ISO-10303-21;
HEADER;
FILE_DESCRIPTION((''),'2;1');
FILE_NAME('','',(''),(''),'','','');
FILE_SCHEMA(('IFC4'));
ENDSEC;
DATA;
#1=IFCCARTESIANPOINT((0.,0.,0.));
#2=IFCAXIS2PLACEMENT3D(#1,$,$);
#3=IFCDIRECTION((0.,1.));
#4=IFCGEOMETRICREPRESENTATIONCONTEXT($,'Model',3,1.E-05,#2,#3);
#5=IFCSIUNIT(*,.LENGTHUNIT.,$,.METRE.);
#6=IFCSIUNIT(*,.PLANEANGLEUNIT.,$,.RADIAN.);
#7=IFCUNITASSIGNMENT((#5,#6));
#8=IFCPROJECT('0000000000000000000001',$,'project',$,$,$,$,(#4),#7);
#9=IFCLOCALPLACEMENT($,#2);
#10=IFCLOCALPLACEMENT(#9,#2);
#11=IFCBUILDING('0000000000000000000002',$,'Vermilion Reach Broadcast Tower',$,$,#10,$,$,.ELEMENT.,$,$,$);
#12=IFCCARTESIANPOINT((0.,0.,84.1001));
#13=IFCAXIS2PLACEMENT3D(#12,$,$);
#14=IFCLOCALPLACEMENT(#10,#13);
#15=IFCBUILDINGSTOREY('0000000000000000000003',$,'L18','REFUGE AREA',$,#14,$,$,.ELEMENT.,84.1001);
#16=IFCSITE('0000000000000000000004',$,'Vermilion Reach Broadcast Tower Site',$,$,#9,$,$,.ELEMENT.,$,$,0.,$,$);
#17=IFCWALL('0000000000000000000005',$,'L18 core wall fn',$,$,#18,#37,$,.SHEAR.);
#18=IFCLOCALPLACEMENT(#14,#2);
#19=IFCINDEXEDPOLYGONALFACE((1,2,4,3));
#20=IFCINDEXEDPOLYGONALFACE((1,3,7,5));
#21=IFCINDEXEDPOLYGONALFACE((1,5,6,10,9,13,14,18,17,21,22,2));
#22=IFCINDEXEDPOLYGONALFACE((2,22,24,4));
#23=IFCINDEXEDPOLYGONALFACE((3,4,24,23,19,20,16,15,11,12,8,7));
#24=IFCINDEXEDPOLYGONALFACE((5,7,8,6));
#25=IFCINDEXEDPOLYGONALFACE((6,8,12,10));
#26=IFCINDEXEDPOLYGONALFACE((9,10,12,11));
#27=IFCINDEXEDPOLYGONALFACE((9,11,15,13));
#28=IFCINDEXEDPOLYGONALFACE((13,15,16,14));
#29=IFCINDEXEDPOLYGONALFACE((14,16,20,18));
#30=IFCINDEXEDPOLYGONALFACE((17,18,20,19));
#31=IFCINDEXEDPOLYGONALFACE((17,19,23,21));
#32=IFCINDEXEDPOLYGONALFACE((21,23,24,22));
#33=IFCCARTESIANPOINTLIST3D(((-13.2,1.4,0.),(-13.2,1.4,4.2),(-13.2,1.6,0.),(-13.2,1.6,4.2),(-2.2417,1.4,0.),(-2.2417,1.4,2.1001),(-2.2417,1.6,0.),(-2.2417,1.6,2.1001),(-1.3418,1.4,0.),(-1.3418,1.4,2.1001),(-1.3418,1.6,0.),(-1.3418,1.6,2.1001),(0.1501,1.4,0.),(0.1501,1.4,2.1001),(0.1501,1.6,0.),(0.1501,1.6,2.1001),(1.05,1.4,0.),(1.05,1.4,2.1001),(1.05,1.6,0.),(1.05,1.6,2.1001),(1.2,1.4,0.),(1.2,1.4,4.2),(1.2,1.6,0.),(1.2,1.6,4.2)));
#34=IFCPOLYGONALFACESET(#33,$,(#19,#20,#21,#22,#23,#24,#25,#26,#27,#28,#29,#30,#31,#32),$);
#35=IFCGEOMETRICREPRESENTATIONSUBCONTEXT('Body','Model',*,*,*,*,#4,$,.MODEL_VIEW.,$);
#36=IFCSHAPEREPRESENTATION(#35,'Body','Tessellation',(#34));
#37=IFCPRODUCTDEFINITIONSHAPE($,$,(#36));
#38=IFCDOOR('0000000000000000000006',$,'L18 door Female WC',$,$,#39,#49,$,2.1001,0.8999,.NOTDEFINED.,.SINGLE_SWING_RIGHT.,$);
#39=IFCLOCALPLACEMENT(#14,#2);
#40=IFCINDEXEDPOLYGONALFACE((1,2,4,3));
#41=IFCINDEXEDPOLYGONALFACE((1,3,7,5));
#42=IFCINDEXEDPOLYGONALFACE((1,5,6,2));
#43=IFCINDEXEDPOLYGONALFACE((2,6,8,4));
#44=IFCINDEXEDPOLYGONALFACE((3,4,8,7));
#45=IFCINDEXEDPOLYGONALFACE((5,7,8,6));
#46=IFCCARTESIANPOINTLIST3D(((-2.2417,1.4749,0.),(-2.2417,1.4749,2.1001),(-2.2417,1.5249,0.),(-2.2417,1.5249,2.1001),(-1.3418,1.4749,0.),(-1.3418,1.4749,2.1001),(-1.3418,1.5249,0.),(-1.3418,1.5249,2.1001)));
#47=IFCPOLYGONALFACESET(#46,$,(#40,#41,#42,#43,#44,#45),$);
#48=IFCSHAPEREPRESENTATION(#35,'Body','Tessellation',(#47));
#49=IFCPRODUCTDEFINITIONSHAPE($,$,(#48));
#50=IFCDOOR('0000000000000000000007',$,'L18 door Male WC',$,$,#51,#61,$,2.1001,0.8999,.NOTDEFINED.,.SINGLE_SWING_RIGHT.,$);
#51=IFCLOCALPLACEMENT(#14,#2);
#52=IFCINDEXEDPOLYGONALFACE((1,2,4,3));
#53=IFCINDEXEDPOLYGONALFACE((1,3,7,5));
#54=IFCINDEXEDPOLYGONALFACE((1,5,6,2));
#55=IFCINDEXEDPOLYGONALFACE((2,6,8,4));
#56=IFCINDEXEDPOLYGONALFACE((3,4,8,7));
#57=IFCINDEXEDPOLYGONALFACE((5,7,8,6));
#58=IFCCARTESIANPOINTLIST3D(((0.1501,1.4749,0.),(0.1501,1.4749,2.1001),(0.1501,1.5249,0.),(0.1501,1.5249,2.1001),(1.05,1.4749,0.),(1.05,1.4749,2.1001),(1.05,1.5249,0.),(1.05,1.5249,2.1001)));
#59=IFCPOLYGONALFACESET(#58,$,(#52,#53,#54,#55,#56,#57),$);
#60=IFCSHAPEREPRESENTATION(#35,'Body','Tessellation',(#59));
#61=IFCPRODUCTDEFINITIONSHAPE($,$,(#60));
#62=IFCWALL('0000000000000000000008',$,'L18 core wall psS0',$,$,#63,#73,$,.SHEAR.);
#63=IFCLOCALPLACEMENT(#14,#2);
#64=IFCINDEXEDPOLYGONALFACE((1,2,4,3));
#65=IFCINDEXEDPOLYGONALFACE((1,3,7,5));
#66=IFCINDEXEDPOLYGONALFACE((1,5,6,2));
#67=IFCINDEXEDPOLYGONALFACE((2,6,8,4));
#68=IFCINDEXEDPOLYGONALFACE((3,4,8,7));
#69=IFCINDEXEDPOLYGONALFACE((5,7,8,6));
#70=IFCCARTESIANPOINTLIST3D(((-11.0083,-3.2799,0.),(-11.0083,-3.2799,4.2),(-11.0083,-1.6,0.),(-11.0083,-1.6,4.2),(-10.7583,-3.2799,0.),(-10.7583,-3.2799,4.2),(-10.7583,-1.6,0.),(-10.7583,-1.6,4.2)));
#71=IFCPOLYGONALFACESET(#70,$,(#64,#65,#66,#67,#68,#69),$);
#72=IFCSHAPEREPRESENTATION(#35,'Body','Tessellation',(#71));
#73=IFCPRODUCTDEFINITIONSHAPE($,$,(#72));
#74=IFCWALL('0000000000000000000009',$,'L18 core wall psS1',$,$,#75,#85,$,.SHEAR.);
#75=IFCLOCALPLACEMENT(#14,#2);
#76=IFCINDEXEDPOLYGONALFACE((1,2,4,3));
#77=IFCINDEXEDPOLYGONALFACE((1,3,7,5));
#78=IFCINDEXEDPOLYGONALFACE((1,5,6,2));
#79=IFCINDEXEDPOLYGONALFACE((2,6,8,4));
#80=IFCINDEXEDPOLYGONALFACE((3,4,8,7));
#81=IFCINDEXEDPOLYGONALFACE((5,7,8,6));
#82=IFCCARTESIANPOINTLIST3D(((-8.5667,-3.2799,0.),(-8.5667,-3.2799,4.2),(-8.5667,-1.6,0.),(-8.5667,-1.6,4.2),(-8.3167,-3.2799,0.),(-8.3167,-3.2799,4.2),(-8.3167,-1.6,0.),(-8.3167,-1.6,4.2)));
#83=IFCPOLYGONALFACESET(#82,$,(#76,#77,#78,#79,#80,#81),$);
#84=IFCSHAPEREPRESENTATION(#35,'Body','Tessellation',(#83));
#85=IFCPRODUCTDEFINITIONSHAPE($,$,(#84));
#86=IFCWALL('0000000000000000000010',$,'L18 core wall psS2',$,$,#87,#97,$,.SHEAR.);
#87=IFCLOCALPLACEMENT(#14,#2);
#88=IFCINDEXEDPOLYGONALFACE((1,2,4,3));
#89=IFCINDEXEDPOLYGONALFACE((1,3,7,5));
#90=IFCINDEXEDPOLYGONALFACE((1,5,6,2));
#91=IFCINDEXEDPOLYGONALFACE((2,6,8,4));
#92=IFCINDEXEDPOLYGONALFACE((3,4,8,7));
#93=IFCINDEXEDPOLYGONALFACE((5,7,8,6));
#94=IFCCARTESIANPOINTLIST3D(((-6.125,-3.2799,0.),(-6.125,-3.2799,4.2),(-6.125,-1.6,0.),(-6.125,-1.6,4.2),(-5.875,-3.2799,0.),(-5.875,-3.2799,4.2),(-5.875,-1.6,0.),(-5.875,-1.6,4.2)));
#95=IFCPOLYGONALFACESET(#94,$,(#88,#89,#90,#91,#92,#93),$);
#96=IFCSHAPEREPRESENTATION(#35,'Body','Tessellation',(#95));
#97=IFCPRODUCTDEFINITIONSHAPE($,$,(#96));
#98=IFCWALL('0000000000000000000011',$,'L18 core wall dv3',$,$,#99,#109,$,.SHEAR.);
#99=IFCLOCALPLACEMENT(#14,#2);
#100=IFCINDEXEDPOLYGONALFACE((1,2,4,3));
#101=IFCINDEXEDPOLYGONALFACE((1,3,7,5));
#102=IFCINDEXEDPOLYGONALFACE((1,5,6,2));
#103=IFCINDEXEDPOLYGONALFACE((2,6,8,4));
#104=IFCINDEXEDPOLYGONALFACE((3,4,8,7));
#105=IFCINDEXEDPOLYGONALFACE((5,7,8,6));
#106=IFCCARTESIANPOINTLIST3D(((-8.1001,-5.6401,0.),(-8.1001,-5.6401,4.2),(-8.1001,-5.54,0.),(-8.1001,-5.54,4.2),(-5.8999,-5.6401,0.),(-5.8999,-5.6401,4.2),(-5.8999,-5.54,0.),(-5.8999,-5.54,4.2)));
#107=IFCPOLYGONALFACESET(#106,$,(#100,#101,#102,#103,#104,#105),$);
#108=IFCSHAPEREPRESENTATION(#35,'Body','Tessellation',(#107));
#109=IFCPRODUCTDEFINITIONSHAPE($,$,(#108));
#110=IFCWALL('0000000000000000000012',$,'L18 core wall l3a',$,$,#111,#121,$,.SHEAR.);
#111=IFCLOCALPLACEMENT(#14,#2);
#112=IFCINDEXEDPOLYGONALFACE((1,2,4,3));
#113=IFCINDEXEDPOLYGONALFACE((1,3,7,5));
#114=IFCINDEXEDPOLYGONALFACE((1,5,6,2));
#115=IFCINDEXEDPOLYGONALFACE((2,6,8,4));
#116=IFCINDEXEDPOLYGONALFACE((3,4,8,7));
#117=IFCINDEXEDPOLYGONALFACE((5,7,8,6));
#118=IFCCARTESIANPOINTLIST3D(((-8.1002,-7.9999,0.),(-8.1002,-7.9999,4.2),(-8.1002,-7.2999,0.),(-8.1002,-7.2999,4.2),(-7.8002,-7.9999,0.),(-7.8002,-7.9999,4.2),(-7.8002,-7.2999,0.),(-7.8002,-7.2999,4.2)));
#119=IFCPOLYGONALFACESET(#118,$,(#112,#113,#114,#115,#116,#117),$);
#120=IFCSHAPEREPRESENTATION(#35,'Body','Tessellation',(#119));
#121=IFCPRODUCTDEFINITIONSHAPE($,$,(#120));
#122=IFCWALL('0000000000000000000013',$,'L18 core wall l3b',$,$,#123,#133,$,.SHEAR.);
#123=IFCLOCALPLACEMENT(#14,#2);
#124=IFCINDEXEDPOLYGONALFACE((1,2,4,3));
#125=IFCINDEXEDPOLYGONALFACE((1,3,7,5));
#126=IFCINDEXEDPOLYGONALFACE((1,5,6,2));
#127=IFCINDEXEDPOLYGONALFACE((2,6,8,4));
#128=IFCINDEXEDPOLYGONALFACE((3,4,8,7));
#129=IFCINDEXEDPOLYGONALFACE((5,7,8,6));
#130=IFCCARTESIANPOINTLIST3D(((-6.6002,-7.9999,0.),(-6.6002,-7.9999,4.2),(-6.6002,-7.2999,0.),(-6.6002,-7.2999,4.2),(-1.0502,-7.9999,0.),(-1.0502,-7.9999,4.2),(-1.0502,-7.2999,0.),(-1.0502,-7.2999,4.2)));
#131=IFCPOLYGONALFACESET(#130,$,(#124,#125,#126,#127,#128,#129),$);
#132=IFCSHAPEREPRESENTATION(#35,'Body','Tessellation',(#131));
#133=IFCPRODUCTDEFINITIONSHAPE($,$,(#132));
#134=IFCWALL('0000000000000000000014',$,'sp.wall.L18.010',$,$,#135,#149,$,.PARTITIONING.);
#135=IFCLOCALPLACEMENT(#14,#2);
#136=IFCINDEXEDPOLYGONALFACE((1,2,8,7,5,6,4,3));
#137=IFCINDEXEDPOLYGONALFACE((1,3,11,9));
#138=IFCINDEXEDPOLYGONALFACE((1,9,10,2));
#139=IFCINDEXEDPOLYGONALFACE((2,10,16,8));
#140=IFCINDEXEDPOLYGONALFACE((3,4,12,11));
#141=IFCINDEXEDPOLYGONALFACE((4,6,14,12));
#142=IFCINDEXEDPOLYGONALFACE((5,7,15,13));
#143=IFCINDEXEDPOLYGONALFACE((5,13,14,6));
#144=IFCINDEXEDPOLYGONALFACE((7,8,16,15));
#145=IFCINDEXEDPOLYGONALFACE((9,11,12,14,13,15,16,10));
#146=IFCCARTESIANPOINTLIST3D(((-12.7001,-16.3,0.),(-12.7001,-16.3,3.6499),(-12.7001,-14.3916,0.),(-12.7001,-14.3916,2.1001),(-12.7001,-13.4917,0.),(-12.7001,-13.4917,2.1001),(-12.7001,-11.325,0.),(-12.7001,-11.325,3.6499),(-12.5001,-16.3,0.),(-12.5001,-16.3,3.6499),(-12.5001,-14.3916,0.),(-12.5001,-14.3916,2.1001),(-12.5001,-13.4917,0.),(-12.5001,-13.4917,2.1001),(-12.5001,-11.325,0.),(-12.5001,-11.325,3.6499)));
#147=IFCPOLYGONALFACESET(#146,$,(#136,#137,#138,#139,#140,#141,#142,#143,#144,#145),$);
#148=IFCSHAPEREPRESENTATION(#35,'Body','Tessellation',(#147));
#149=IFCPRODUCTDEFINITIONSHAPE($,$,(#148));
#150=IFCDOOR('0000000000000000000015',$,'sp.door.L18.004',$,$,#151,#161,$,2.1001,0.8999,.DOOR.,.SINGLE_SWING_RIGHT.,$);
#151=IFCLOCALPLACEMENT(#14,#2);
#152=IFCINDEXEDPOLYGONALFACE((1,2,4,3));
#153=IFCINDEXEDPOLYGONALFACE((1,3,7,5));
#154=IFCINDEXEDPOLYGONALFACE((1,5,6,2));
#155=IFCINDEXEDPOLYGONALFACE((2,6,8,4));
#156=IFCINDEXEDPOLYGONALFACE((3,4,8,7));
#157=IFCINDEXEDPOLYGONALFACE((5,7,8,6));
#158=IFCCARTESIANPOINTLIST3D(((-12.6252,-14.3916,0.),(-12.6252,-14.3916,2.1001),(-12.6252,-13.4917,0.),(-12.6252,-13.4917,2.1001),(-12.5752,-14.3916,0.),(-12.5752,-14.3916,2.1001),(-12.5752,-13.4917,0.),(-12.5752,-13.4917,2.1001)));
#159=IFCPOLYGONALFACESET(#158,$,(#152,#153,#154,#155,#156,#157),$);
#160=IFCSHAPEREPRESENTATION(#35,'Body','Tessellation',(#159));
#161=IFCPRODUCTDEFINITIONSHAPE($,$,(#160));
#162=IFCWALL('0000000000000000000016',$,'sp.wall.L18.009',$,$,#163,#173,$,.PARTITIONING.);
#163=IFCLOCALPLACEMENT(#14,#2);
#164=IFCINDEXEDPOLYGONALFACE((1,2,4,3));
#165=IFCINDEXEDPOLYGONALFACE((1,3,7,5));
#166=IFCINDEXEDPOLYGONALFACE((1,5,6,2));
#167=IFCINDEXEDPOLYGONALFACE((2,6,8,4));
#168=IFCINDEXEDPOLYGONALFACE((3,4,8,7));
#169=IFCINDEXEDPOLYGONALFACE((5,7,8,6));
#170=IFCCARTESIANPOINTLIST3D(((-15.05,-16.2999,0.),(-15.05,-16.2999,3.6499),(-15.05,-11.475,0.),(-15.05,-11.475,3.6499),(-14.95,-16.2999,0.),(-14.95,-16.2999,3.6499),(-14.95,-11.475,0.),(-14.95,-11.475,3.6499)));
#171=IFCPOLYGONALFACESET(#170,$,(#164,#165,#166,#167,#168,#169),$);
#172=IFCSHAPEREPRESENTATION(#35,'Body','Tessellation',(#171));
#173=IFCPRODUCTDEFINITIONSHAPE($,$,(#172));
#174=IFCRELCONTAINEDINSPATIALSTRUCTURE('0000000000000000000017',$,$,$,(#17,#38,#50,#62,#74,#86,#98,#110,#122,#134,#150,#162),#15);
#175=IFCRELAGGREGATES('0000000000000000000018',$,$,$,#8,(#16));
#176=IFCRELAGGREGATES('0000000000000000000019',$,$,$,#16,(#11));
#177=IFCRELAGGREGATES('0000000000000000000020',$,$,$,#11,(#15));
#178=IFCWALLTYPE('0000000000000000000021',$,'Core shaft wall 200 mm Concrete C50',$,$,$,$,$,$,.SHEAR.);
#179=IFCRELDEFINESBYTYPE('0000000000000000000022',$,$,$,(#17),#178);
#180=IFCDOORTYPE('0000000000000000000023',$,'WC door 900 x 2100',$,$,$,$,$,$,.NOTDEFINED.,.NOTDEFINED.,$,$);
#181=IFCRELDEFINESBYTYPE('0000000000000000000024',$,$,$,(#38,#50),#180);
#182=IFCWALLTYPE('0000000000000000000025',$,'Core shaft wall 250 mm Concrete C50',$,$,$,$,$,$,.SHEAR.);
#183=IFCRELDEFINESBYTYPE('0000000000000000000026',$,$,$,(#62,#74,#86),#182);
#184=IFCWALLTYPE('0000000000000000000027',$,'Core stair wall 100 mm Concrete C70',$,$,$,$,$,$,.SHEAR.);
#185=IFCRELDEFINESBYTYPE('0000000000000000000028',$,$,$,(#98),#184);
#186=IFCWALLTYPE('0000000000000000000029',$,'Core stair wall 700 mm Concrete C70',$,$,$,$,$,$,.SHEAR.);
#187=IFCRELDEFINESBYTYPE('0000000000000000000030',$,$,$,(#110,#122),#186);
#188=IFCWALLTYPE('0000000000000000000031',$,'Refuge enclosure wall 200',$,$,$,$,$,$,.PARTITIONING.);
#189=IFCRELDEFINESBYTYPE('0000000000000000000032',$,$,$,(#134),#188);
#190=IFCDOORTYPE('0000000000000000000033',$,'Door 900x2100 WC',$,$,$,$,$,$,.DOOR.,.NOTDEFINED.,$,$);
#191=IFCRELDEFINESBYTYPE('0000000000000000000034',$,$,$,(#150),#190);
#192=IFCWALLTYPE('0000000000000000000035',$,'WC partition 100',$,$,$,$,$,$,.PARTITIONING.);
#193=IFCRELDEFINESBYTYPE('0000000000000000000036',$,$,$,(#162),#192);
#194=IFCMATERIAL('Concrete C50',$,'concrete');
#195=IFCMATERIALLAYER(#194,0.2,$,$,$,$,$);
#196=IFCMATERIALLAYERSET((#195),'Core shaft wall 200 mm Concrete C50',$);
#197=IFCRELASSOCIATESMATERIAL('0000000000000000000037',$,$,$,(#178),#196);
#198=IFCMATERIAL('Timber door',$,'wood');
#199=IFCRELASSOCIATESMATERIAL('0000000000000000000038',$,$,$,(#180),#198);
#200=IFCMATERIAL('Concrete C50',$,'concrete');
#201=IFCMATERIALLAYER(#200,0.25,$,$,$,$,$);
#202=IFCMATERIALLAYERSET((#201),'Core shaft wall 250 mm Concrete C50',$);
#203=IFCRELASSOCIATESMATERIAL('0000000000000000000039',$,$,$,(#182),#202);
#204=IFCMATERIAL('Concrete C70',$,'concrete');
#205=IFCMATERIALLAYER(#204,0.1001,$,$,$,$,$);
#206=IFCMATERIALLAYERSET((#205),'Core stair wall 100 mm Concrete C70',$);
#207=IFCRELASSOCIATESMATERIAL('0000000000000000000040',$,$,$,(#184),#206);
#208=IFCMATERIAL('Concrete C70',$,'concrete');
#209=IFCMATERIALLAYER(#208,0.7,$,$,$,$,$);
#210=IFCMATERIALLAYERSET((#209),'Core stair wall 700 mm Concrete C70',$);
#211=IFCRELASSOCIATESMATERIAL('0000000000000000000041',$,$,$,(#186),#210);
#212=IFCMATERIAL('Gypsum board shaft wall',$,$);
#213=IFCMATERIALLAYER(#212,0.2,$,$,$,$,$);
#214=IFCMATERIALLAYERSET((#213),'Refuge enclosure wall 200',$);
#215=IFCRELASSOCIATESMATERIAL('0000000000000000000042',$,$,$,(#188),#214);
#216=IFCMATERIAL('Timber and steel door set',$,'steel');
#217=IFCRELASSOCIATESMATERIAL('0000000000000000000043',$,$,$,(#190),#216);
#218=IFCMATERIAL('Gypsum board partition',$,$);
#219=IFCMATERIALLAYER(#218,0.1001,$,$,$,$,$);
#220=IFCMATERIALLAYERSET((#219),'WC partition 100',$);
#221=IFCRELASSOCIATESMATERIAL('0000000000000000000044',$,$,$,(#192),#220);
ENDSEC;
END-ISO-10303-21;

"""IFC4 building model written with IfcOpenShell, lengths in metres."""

from ifc_helpers import new_model, si_unit, direction, frame, frame_2d, origin, place, context, subcontext, project, spatial, rectangle, extrude, material, layer, layer_set, type_object, element, fill, save


model = new_model("IFC4")

# Units and contexts
model_context = context("Model", 3, precision=1e-05, world=origin(), true_north=direction((0.0, 1.0)))
body_context = subcontext(model_context, "Body", "Model", "MODEL_VIEW")
ifc_project = project(units=[si_unit("LENGTHUNIT", "METRE"), si_unit("PLANEANGLEUNIT", "RADIAN")], contexts=[model_context])

# Site, building, storey
site_placement = place(None, origin())
site = spatial("IfcSite", under=ifc_project, at=site_placement, Name="Vermilion Reach Broadcast Tower Site", CompositionType="ELEMENT", RefElevation=0.0)
building_placement = place(site_placement, origin())
building = spatial("IfcBuilding", under=site, at=building_placement, Name="Vermilion Reach Broadcast Tower", CompositionType="ELEMENT")
storey_placement = place(building_placement, frame((0.0, 0.0, 84.1001)))
storey = spatial("IfcBuildingStorey", under=building, at=storey_placement, Name="L18", Description="REFUGE AREA", CompositionType="ELEMENT", Elevation=84.1001)

# Wall, openings, doors
ifc_material_1 = material(Name="Concrete C50", Category="concrete")
ifc_layer_1 = layer(ifc_material_1, 0.2)
ifc_layer_set_1 = layer_set([ifc_layer_1], Name="Core shaft wall 200 mm Concrete C50")
wall_type_1 = type_object("IfcWallType", Name="Core shaft wall 200 mm Concrete C50", PredefinedType="SHEAR", material=ifc_layer_set_1)
wall_1_placement = place(storey_placement, frame((-13.2, 1.5, 0.0), z_axis=(0.0, 0.0, 1.0), x_axis=(1.0, 0.0, 0.0)))
wall_1 = element("IfcWall", 1, at=wall_1_placement, inside=storey, type_object=wall_type_1, Name="L18 core wall fn", PredefinedType="SHEAR", context=body_context, shape_type="SweptSolid", body=[
    extrude(rectangle(XDim=14.3999, YDim=0.2, at=frame_2d((7.2, 0.0))), origin(), (0.0, 0.0, 1.0), 4.2),
])
opening_1_placement = place(wall_1_placement, frame((10.9583, 0.0, 0.0)))
opening_1 = element("IfcOpeningElement", 2, at=opening_1_placement, cuts=wall_1, PredefinedType="OPENING", context=body_context, shape_type="SweptSolid", body=[
    extrude(rectangle(XDim=0.8999, YDim=2.1001, at=frame_2d((0.45, 1.05))), frame((0.0, 0.1099, 0.0), z_axis=(0.0, -1.0, 0.0), x_axis=(1.0, 0.0, 0.0)), (0.0, 0.0, 1.0), 0.22),
])
opening_2_placement = place(wall_1_placement, frame((13.3501, 0.0, 0.0)))
opening_2 = element("IfcOpeningElement", 3, at=opening_2_placement, cuts=wall_1, PredefinedType="OPENING", context=body_context, shape_type="SweptSolid", body=[
    extrude(rectangle(XDim=0.8999, YDim=2.1001, at=frame_2d((0.45, 1.05))), frame((0.0, 0.1099, 0.0), z_axis=(0.0, -1.0, 0.0), x_axis=(1.0, 0.0, 0.0)), (0.0, 0.0, 1.0), 0.22),
])
ifc_material_2 = material(Name="Timber door", Category="wood")
door_type_1 = type_object("IfcDoorType", Name="WC door 900 x 2100", OperationType="NOTDEFINED", PredefinedType="NOTDEFINED", material=ifc_material_2)
door_1_placement = place(opening_1_placement, origin())
door_1 = element("IfcDoor", 4, at=door_1_placement, inside=storey, type_object=door_type_1, Name="L18 door Female WC", OperationType="SINGLE_SWING_RIGHT", OverallHeight=2.1001, OverallWidth=0.8999, PredefinedType="NOTDEFINED", context=body_context, shape_type="SweptSolid", body=[
    extrude(rectangle(XDim=0.8999, YDim=2.1001, at=frame_2d((0.45, 1.05))), frame((0.0, 0.0249, 0.0), z_axis=(0.0, -1.0, 0.0), x_axis=(1.0, 0.0, 0.0)), (0.0, 0.0, 1.0), 0.05),
])
fill(opening_1, door_1)
door_2_placement = place(opening_2_placement, origin())
door_2 = element("IfcDoor", 5, at=door_2_placement, inside=storey, type_object=door_type_1, Name="L18 door Male WC", OperationType="SINGLE_SWING_RIGHT", OverallHeight=2.1001, OverallWidth=0.8999, PredefinedType="NOTDEFINED", context=body_context, shape_type="SweptSolid", body=[
    extrude(rectangle(XDim=0.8999, YDim=2.1001, at=frame_2d((0.45, 1.05))), frame((0.0, 0.0249, 0.0), z_axis=(0.0, -1.0, 0.0), x_axis=(1.0, 0.0, 0.0)), (0.0, 0.0, 1.0), 0.05),
])
fill(opening_2, door_2)

# Walls
ifc_material_3 = material(Name="Concrete C50", Category="concrete")
ifc_layer_2 = layer(ifc_material_3, 0.25)
ifc_layer_set_2 = layer_set([ifc_layer_2], Name="Core shaft wall 250 mm Concrete C50")
wall_type_2 = type_object("IfcWallType", Name="Core shaft wall 250 mm Concrete C50", PredefinedType="SHEAR", material=ifc_layer_set_2)
for number, where, z_axis, x_axis, name in (
    (6, (-10.8833, -1.6001, 0.0), (0.0, 0.0, 1.0), (0.0, -1.0, 0.0), "L18 core wall psS0"),
    (7, (-8.4417, -1.6001, 0.0), (0.0, 0.0, 1.0), (0.0, -1.0, 0.0), "L18 core wall psS1"),
    (8, (-6.0, -1.6001, 0.0), (0.0, 0.0, 1.0), (0.0, -1.0, 0.0), "L18 core wall psS2"),
):
    element("IfcWall", number, at=place(storey_placement, frame(where, z_axis=z_axis, x_axis=x_axis)), inside=storey, type_object=wall_type_2, Name=name, PredefinedType="SHEAR", context=body_context, shape_type="SweptSolid", body=[
        extrude(rectangle(XDim=1.6799, YDim=0.25, at=frame_2d((0.8398, 0.0))), origin(), (0.0, 0.0, 1.0), 4.2),
    ])
ifc_material_4 = material(Name="Concrete C70", Category="concrete")
ifc_layer_3 = layer(ifc_material_4, 0.1001)
ifc_layer_set_3 = layer_set([ifc_layer_3], Name="Core stair wall 100 mm Concrete C70")
wall_type_3 = type_object("IfcWallType", Name="Core stair wall 100 mm Concrete C70", PredefinedType="SHEAR", material=ifc_layer_set_3)
wall_2_placement = place(storey_placement, frame((-8.1001, -5.5901, 0.0), z_axis=(0.0, 0.0, 1.0), x_axis=(1.0, 0.0, 0.0)))
element("IfcWall", 9, at=wall_2_placement, inside=storey, type_object=wall_type_3, Name="L18 core wall dv3", PredefinedType="SHEAR", context=body_context, shape_type="SweptSolid", body=[
    extrude(rectangle(XDim=2.2002, YDim=0.1001, at=frame_2d((1.1001, 0.0))), origin(), (0.0, 0.0, 1.0), 4.2),
])
ifc_material_5 = material(Name="Concrete C70", Category="concrete")
ifc_layer_4 = layer(ifc_material_5, 0.7)
ifc_layer_set_4 = layer_set([ifc_layer_4], Name="Core stair wall 700 mm Concrete C70")
wall_type_4 = type_object("IfcWallType", Name="Core stair wall 700 mm Concrete C70", PredefinedType="SHEAR", material=ifc_layer_set_4)
wall_3_placement = place(storey_placement, frame((-8.1001, -7.6499, 0.0), z_axis=(0.0, 0.0, 1.0), x_axis=(1.0, 0.0, 0.0)))
element("IfcWall", 10, at=wall_3_placement, inside=storey, type_object=wall_type_4, Name="L18 core wall l3a", PredefinedType="SHEAR", context=body_context, shape_type="SweptSolid", body=[
    extrude(rectangle(XDim=0.3, YDim=0.7, at=frame_2d((0.1499, 0.0))), origin(), (0.0, 0.0, 1.0), 4.2),
])
wall_4_placement = place(storey_placement, frame((-6.6001, -7.6499, 0.0), z_axis=(0.0, 0.0, 1.0), x_axis=(1.0, 0.0, 0.0)))
element("IfcWall", 11, at=wall_4_placement, inside=storey, type_object=wall_type_4, Name="L18 core wall l3b", PredefinedType="SHEAR", context=body_context, shape_type="SweptSolid", body=[
    extrude(rectangle(XDim=5.55, YDim=0.7, at=frame_2d((2.7749, 0.0))), origin(), (0.0, 0.0, 1.0), 4.2),
])

# Wall, opening, door
ifc_material_6 = material(Name="Gypsum board shaft wall")
ifc_layer_5 = layer(ifc_material_6, 0.2)
ifc_layer_set_5 = layer_set([ifc_layer_5], Name="Refuge enclosure wall 200")
wall_type_5 = type_object("IfcWallType", Name="Refuge enclosure wall 200", PredefinedType="PARTITIONING", material=ifc_layer_set_5)
wall_5_placement = place(storey_placement, frame((-12.6001, -11.325, 0.0), z_axis=(0.0, 0.0, 1.0), x_axis=(0.0, -1.0, 0.0)))
wall_5 = element("IfcWall", 12, at=wall_5_placement, inside=storey, type_object=wall_type_5, Name="sp.wall.L18.010", PredefinedType="PARTITIONING", context=body_context, shape_type="SweptSolid", body=[
    extrude(rectangle(XDim=4.9751, YDim=0.2, at=frame_2d((2.4875, 0.0))), origin(), (0.0, 0.0, 1.0), 3.6499),
])
opening_3_placement = place(wall_5_placement, frame((2.1667, 0.0, 0.0)))
opening_3 = element("IfcOpeningElement", 13, at=opening_3_placement, cuts=wall_5, PredefinedType="OPENING", context=body_context, shape_type="SweptSolid", body=[
    extrude(rectangle(XDim=0.8999, YDim=2.1001, at=frame_2d((0.45, 1.05))), frame((0.0, 0.1099, 0.0), z_axis=(0.0, -1.0, 0.0), x_axis=(1.0, 0.0, 0.0)), (0.0, 0.0, 1.0), 0.22),
])
ifc_material_7 = material(Name="Timber and steel door set", Category="steel")
door_type_2 = type_object("IfcDoorType", Name="Door 900x2100 WC", OperationType="NOTDEFINED", PredefinedType="DOOR", material=ifc_material_7)
door_3_placement = place(opening_3_placement, origin())
door_3 = element("IfcDoor", 14, at=door_3_placement, inside=storey, type_object=door_type_2, Name="sp.door.L18.004", OperationType="SINGLE_SWING_RIGHT", OverallHeight=2.1001, OverallWidth=0.8999, PredefinedType="DOOR", context=body_context, shape_type="SweptSolid", body=[
    extrude(rectangle(XDim=0.8999, YDim=2.1001, at=frame_2d((0.45, 1.05))), frame((0.0, 0.0249, 0.0), z_axis=(0.0, -1.0, 0.0), x_axis=(1.0, 0.0, 0.0)), (0.0, 0.0, 1.0), 0.05),
])
fill(opening_3, door_3)

# Wall
ifc_material_8 = material(Name="Gypsum board partition")
ifc_layer_6 = layer(ifc_material_8, 0.1001)
ifc_layer_set_6 = layer_set([ifc_layer_6], Name="WC partition 100")
wall_type_6 = type_object("IfcWallType", Name="WC partition 100", PredefinedType="PARTITIONING", material=ifc_layer_set_6)
wall_6_placement = place(storey_placement, frame((-15.0, -16.3, 0.0), z_axis=(0.0, 0.0, 1.0), x_axis=(0.0, 1.0, 0.0)))
element("IfcWall", 15, at=wall_6_placement, inside=storey, type_object=wall_type_6, Name="sp.wall.L18.009", PredefinedType="PARTITIONING", context=body_context, shape_type="SweptSolid", body=[
    extrude(rectangle(XDim=4.825, YDim=0.1001, at=frame_2d((2.4126, 0.0))), origin(), (0.0, 0.0, 1.0), 3.6499),
])

save(model, "model.ifc")
